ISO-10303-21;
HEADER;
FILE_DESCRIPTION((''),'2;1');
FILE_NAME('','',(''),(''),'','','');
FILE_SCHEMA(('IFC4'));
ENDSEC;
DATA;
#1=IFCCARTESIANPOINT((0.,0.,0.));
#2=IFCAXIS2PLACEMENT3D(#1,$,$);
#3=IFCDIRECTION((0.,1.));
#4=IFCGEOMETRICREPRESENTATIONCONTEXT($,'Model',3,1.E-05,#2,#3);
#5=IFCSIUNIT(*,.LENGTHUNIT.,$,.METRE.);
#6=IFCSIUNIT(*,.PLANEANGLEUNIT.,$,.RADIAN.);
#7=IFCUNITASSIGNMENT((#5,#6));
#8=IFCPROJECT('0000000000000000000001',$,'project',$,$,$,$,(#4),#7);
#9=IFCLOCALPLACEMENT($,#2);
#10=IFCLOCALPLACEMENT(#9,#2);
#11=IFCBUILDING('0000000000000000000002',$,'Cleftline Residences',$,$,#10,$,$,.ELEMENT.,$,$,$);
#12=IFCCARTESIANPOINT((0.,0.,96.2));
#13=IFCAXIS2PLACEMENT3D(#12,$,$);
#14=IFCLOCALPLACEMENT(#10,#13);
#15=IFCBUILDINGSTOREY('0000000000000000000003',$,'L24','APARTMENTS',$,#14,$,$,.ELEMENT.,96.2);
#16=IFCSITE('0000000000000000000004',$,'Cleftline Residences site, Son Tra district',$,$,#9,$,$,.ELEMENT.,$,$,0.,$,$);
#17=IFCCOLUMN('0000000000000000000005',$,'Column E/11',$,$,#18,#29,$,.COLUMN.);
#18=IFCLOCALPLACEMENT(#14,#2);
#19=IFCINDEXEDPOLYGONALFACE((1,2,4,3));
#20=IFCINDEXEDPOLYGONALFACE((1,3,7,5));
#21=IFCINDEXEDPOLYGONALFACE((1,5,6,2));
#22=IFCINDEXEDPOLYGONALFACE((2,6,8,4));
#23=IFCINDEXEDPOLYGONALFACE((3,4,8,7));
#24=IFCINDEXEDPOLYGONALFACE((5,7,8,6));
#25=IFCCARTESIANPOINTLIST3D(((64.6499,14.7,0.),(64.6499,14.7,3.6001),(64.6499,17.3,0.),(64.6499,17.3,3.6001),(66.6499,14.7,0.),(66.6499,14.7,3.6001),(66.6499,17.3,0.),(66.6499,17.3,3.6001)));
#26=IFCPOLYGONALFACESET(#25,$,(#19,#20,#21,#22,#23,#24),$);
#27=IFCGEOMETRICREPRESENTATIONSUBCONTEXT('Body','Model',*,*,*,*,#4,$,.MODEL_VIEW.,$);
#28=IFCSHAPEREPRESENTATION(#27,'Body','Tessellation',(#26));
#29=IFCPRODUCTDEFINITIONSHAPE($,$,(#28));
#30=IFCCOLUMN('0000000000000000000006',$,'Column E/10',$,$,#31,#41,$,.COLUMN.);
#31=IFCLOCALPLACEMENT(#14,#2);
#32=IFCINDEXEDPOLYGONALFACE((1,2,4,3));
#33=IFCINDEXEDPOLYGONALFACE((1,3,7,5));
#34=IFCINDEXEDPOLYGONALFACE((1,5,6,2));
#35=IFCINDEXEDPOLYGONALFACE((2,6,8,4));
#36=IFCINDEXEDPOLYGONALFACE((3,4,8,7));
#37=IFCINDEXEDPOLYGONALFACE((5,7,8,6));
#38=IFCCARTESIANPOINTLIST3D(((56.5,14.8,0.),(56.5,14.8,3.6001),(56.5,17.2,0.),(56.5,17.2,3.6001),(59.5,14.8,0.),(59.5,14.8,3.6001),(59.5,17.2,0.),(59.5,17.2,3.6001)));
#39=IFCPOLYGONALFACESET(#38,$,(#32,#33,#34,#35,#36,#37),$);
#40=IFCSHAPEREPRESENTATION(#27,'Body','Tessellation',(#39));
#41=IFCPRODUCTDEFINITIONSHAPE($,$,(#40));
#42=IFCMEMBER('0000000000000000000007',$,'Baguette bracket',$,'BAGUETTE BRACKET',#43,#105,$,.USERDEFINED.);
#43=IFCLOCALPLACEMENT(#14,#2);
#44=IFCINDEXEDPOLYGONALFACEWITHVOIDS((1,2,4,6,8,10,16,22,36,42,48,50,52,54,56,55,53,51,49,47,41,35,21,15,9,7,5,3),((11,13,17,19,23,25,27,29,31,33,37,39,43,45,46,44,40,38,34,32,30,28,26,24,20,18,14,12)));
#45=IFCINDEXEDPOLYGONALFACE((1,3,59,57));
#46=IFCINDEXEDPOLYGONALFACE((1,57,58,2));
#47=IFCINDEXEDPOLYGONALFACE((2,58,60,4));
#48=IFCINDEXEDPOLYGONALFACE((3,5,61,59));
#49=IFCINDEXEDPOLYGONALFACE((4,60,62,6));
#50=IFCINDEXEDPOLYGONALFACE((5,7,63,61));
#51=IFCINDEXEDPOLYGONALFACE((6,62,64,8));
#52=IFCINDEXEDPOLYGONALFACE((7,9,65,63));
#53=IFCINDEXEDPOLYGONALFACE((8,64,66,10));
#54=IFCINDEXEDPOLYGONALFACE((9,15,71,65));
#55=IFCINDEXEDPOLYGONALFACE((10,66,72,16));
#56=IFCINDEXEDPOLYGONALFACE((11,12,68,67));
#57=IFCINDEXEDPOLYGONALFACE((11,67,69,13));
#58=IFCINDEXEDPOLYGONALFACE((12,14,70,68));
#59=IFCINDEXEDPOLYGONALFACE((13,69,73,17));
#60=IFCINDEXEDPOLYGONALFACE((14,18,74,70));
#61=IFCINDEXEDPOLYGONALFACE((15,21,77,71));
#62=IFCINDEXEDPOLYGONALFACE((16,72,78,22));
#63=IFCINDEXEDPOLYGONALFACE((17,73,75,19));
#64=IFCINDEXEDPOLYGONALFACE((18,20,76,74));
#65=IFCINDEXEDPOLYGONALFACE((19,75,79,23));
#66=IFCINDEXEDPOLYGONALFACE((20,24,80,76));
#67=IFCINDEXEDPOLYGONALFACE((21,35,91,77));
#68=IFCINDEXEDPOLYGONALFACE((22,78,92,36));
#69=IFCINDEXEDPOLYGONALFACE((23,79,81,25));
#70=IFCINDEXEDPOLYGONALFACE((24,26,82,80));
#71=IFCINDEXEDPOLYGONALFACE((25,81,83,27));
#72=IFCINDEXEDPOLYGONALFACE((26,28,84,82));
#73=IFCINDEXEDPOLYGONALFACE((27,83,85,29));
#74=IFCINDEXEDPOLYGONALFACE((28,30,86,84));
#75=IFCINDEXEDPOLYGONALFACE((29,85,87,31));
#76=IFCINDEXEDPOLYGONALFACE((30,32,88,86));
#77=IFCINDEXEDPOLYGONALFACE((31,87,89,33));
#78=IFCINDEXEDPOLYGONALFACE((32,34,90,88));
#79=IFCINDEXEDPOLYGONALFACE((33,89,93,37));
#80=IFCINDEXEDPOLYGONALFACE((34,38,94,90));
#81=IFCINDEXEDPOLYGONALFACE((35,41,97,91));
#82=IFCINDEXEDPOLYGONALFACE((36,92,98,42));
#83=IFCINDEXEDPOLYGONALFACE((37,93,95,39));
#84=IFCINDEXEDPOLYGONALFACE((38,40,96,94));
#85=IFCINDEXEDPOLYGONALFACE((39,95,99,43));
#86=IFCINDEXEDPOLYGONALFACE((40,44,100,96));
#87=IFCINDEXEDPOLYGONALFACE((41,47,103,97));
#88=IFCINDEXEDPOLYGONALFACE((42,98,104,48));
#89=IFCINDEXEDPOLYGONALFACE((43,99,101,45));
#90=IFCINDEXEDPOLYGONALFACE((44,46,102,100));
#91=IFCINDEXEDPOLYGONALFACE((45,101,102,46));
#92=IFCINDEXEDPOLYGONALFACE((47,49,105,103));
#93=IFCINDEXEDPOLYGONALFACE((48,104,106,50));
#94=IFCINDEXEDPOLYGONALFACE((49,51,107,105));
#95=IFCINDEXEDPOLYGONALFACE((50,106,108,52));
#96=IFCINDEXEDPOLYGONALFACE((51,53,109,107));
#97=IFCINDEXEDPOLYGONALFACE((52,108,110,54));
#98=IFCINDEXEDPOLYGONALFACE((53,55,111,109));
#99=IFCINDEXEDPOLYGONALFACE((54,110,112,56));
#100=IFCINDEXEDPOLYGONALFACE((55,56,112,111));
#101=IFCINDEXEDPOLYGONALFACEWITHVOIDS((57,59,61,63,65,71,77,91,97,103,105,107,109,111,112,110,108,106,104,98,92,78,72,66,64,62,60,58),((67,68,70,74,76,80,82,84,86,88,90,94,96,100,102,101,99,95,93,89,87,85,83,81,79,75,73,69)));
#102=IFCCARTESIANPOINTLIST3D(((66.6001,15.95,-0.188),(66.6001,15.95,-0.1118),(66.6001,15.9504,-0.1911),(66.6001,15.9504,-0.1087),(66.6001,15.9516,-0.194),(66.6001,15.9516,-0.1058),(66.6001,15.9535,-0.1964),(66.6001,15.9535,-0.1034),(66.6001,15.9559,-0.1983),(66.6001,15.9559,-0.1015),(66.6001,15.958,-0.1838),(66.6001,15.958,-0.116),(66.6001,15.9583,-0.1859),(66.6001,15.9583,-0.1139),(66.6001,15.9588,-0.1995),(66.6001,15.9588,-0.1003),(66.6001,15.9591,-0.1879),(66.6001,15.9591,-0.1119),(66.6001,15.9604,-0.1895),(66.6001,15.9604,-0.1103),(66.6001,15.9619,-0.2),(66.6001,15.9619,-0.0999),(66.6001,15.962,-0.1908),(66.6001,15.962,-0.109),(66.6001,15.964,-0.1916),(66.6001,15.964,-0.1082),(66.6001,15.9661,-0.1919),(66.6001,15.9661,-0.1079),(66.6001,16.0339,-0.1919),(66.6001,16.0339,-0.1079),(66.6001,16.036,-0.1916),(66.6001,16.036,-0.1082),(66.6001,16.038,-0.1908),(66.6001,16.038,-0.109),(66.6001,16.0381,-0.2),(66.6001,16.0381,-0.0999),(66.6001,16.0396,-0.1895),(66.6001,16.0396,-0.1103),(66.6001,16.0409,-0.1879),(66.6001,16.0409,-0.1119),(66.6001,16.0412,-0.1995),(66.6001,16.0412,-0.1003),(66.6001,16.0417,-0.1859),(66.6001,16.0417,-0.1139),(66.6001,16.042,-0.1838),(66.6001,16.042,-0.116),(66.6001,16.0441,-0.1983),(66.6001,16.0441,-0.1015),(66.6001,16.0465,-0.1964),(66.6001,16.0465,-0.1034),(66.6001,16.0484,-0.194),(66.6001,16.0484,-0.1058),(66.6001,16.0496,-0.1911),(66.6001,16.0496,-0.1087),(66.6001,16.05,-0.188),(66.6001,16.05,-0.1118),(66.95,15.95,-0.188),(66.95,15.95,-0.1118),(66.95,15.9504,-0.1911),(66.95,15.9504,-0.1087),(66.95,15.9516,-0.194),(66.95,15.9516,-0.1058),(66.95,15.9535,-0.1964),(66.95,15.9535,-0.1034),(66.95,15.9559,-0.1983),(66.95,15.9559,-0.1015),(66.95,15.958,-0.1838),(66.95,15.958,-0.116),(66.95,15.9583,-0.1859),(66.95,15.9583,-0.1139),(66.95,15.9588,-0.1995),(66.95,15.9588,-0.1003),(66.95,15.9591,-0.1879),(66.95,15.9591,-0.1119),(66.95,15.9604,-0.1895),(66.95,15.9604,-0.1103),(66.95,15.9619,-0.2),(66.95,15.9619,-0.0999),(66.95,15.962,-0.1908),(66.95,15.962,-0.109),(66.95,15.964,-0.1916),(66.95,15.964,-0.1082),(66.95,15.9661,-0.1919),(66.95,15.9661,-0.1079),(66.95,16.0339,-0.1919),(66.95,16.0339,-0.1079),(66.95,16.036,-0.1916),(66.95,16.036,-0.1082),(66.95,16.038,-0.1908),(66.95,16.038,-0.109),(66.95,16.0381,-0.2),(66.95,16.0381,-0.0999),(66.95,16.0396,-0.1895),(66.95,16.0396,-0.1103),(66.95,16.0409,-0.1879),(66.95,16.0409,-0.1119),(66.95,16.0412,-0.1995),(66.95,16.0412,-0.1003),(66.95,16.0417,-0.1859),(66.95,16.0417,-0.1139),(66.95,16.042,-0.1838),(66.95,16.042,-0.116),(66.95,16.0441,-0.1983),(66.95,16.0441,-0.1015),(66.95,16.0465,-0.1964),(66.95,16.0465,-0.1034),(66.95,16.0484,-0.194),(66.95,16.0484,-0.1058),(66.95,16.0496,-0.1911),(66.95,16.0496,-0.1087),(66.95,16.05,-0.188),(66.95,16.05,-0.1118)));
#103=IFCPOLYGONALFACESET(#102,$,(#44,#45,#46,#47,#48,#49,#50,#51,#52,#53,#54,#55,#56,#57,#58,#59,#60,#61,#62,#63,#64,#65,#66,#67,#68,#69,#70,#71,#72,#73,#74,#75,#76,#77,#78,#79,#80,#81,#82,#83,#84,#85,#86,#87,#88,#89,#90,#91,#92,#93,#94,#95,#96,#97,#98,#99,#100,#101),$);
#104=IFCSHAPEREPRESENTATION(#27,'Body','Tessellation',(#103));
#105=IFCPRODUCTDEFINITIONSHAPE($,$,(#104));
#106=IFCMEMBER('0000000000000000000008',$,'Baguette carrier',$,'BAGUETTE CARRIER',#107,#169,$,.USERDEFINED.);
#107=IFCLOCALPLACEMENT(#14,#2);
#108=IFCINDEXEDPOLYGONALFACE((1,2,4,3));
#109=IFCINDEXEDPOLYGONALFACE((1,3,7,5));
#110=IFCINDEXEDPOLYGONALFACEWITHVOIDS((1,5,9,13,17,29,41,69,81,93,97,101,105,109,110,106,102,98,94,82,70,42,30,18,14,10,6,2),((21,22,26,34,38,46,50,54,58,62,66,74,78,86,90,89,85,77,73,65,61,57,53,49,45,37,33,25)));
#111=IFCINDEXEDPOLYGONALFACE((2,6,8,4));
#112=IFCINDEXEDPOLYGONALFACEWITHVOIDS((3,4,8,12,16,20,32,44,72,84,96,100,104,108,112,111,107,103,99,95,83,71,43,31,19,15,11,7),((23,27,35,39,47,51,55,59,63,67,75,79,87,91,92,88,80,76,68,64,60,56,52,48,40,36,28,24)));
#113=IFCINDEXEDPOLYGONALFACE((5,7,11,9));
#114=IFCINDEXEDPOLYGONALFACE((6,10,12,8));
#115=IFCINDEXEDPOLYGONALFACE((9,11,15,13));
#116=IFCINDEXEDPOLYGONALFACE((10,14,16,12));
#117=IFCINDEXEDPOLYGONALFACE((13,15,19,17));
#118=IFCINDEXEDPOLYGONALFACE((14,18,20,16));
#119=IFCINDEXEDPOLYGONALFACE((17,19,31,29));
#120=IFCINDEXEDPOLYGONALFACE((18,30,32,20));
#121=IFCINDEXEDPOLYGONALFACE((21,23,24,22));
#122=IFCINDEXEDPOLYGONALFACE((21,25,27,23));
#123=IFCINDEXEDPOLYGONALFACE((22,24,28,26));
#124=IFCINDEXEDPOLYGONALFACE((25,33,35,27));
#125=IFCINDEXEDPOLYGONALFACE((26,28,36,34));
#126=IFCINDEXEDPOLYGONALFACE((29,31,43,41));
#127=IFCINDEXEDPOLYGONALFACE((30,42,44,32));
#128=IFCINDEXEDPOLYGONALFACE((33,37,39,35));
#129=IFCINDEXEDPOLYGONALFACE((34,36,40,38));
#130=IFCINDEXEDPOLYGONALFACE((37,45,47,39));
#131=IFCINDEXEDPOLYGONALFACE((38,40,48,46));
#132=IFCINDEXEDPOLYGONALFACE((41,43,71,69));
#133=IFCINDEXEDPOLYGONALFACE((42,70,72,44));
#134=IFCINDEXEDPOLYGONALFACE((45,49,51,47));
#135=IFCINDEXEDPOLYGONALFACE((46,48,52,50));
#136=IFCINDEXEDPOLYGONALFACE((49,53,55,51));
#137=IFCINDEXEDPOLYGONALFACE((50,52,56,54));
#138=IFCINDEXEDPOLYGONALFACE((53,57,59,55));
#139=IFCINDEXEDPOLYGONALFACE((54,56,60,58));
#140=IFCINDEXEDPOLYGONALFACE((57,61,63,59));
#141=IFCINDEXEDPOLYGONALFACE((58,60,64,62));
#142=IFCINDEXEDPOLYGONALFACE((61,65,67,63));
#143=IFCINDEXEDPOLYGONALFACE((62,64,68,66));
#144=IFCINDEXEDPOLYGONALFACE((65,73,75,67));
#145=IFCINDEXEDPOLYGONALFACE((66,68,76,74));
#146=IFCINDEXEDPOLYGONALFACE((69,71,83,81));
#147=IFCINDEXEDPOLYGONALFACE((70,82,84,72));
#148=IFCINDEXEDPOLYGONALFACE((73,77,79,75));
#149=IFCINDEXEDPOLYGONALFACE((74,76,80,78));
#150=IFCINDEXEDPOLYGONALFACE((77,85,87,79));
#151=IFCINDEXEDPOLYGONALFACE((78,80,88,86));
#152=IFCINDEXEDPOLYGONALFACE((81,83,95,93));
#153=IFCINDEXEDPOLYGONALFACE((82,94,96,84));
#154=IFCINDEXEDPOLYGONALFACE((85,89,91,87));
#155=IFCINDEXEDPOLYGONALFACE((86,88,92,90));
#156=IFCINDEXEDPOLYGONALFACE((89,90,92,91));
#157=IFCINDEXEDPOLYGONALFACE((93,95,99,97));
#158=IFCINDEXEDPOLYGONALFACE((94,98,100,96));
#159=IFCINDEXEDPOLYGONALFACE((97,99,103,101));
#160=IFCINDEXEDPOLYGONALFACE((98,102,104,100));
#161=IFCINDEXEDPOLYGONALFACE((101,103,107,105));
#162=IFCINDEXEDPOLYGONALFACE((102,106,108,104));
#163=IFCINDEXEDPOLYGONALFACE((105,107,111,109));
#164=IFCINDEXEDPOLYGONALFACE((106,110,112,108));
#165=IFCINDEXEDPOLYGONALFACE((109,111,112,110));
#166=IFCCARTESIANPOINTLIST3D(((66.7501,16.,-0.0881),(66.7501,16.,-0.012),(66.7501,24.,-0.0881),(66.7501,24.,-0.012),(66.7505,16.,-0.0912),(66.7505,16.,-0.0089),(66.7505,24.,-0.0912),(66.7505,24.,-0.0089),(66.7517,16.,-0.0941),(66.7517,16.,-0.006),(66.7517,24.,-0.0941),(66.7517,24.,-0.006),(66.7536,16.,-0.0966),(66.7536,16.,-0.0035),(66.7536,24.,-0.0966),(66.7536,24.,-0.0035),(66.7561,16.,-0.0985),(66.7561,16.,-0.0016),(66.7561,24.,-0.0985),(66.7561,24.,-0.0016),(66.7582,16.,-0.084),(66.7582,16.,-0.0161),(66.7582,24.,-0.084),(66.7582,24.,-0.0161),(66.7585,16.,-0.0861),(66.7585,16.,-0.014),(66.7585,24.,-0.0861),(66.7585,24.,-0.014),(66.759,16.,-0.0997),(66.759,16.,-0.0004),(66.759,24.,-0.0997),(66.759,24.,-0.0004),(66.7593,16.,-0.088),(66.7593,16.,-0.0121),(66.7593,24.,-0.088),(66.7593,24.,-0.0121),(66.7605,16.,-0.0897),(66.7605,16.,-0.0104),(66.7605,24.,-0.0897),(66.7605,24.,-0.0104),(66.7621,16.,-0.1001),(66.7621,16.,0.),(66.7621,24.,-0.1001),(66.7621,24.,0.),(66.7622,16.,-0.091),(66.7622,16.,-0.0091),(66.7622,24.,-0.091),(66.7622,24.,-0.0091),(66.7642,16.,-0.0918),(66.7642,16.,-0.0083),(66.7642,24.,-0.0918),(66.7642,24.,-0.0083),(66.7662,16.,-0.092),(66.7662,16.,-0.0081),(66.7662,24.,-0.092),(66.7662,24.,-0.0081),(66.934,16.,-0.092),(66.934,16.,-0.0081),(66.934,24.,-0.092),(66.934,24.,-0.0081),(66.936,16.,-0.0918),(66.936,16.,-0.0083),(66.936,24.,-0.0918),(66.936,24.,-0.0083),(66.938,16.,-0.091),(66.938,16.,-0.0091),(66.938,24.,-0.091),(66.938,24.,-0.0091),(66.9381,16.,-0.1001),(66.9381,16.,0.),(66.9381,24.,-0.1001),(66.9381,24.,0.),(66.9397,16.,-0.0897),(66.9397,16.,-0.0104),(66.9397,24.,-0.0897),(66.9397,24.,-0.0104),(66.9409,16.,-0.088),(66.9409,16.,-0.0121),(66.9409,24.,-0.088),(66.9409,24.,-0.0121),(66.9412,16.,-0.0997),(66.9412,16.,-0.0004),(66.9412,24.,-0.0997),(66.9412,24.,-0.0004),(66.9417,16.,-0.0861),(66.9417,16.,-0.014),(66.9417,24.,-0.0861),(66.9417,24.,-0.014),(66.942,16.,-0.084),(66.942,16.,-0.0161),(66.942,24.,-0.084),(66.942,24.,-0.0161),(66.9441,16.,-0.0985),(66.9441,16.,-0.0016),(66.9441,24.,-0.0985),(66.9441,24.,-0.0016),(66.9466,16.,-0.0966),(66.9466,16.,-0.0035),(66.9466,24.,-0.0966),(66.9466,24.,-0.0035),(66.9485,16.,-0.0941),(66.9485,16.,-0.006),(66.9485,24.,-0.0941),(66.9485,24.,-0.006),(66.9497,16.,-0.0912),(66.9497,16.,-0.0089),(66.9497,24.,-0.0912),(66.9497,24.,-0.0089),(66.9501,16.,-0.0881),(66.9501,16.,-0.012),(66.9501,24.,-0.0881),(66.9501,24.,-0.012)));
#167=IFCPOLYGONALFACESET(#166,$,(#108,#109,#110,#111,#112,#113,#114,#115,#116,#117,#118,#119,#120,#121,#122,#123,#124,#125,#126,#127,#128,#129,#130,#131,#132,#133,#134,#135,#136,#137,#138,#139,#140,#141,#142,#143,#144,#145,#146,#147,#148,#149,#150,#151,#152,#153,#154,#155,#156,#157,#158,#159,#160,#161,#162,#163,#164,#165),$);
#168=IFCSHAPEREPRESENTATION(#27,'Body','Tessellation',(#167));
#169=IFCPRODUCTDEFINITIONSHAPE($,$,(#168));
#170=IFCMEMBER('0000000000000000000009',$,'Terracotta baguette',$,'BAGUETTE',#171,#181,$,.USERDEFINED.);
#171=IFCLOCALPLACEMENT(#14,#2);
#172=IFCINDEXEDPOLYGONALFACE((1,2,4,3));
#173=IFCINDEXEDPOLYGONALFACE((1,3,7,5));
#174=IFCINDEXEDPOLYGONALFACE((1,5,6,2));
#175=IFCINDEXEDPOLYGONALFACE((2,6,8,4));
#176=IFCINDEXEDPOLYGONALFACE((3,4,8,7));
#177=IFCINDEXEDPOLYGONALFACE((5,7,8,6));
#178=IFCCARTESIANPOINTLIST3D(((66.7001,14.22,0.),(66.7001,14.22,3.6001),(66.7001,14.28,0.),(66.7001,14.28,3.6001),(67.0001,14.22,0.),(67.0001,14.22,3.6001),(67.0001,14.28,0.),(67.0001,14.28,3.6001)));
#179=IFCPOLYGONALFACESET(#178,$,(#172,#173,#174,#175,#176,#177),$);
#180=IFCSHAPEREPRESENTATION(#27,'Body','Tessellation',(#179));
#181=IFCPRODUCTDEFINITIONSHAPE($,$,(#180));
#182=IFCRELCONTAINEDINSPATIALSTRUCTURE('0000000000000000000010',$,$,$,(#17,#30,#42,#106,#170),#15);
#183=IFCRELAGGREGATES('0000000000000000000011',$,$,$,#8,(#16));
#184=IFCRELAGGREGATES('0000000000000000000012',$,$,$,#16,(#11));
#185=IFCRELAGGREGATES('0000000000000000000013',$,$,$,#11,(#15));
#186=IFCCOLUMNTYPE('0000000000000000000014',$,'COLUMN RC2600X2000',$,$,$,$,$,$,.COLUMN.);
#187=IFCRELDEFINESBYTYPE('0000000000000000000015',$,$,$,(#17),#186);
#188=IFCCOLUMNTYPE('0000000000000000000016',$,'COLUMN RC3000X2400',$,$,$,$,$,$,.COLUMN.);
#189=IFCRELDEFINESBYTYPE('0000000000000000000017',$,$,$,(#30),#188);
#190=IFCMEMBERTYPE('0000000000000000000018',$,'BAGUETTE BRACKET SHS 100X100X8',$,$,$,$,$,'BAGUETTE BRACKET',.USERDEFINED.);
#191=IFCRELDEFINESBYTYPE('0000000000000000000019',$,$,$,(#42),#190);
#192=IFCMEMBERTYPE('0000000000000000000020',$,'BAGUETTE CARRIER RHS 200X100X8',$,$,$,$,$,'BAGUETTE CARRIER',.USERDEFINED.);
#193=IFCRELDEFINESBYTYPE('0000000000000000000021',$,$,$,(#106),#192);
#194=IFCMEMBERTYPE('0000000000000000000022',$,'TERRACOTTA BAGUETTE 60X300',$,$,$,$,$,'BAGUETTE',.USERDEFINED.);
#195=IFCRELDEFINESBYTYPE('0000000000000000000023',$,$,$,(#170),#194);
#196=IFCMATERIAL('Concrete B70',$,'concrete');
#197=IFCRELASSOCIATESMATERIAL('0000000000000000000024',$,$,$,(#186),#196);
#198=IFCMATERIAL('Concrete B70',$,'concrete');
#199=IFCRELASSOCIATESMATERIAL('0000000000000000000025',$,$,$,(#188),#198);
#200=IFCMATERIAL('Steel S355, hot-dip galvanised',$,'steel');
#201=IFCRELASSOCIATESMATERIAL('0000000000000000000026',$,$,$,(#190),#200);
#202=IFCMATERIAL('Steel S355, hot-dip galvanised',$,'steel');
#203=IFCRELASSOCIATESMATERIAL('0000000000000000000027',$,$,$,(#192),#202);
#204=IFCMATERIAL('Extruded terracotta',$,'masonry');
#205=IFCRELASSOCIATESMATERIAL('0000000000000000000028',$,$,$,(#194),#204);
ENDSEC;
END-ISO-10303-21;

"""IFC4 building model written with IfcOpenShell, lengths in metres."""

from ifc_helpers import new_model, si_unit, direction, frame, origin, origin_2d, place, context, subcontext, project, spatial, rectangle, hollow_rectangle, extrude, material, material_profile, profile_set, type_object, element, save


model = new_model("IFC4")

# Units and contexts
model_context = context("Model", 3, precision=1e-05, world=origin(), true_north=direction((0.0, 1.0)))
body_context = subcontext(model_context, "Body", "Model", "MODEL_VIEW")
ifc_project = project(units=[si_unit("LENGTHUNIT", "METRE"), si_unit("PLANEANGLEUNIT", "RADIAN")], contexts=[model_context])

# Site, building, storey
site_placement = place(None, origin())
site = spatial("IfcSite", under=ifc_project, at=site_placement, Name="Cleftline Residences site, Son Tra district", CompositionType="ELEMENT", RefElevation=0.0)
building_placement = place(site_placement, origin())
building = spatial("IfcBuilding", under=site, at=building_placement, Name="Cleftline Residences", CompositionType="ELEMENT")
storey_placement = place(building_placement, frame((0.0, 0.0, 96.2)))
storey = spatial("IfcBuildingStorey", under=building, at=storey_placement, Name="L24", Description="APARTMENTS", CompositionType="ELEMENT", Elevation=96.2)

# Columns
ifc_material_1 = material(Name="Concrete B70", Category="concrete")
ifc_material_profile_1 = material_profile(ifc_material_1, rectangle(XDim=2.6001, YDim=2.0, at=origin_2d()))
ifc_profile_set_1 = profile_set([ifc_material_profile_1], Name="Concrete B70")
column_type_1 = type_object("IfcColumnType", Name="COLUMN RC2600X2000", PredefinedType="COLUMN", material=ifc_profile_set_1)
column_1_placement = place(storey_placement, frame((65.6499, 16.0, 0.0), z_axis=(0.0, 0.0, 1.0), x_axis=(0.0, 1.0, 0.0)))
element("IfcColumn", 1, at=column_1_placement, inside=storey, type_object=column_type_1, Name="Column E/11", PredefinedType="COLUMN", context=body_context, shape_type="SweptSolid", body=[
    extrude(rectangle(XDim=2.6001, YDim=2.0, at=origin_2d()), origin(), (0.0, 0.0, 1.0), 3.6001),
])
ifc_material_2 = material(Name="Concrete B70", Category="concrete")
ifc_material_profile_2 = material_profile(ifc_material_2, rectangle(XDim=3.0, YDim=2.3999, at=origin_2d()))
ifc_profile_set_2 = profile_set([ifc_material_profile_2], Name="Concrete B70")
column_type_2 = type_object("IfcColumnType", Name="COLUMN RC3000X2400", PredefinedType="COLUMN", material=ifc_profile_set_2)
column_2_placement = place(storey_placement, frame((58.0, 16.0, 0.0), z_axis=(0.0, 0.0, 1.0), x_axis=(1.0, 0.0, 0.0)))
element("IfcColumn", 2, at=column_2_placement, inside=storey, type_object=column_type_2, Name="Column E/10", PredefinedType="COLUMN", context=body_context, shape_type="SweptSolid", body=[
    extrude(rectangle(XDim=3.0, YDim=2.3999, at=origin_2d()), origin(), (0.0, 0.0, 1.0), 3.6001),
])

# Members
ifc_material_3 = material(Name="Steel S355, hot-dip galvanised", Category="steel")
ifc_material_profile_3 = material_profile(ifc_material_3, hollow_rectangle(XDim=0.1001, YDim=0.1001, WallThickness=0.0081, InnerFilletRadius=0.0081, OuterFilletRadius=0.012, at=origin_2d()))
ifc_profile_set_3 = profile_set([ifc_material_profile_3], Name="Steel S355, hot-dip galvanised")
member_type_1 = type_object("IfcMemberType", Name="BAGUETTE BRACKET SHS 100X100X8", ElementType="BAGUETTE BRACKET", PredefinedType="USERDEFINED", material=ifc_profile_set_3)
member_1_placement = place(storey_placement, frame((66.6001, 16.0, -0.1499), z_axis=(1.0, 0.0, 0.0), x_axis=(0.0, 1.0, 0.0)))
element("IfcMember", 3, at=member_1_placement, inside=storey, type_object=member_type_1, Name="Baguette bracket", ObjectType="BAGUETTE BRACKET", PredefinedType="USERDEFINED", context=body_context, shape_type="SweptSolid", body=[
    extrude(hollow_rectangle(XDim=0.1001, YDim=0.1001, WallThickness=0.0081, InnerFilletRadius=0.0081, OuterFilletRadius=0.012, at=origin_2d()), origin(), (0.0, 0.0, 1.0), 0.3499),
])
ifc_material_4 = material(Name="Steel S355, hot-dip galvanised", Category="steel")
ifc_material_profile_4 = material_profile(ifc_material_4, hollow_rectangle(XDim=0.1001, YDim=0.2, WallThickness=0.0081, InnerFilletRadius=0.0081, OuterFilletRadius=0.012, at=origin_2d()))
ifc_profile_set_4 = profile_set([ifc_material_profile_4], Name="Steel S355, hot-dip galvanised")
member_type_2 = type_object("IfcMemberType", Name="BAGUETTE CARRIER RHS 200X100X8", ElementType="BAGUETTE CARRIER", PredefinedType="USERDEFINED", material=ifc_profile_set_4)
member_2_placement = place(storey_placement, frame((66.8501, 16.0, -0.05), z_axis=(0.0, 1.0, 0.0), x_axis=(0.0, 0.0, 1.0)))
element("IfcMember", 4, at=member_2_placement, inside=storey, type_object=member_type_2, Name="Baguette carrier", ObjectType="BAGUETTE CARRIER", PredefinedType="USERDEFINED", context=body_context, shape_type="SweptSolid", body=[
    extrude(hollow_rectangle(XDim=0.1001, YDim=0.2, WallThickness=0.0081, InnerFilletRadius=0.0081, OuterFilletRadius=0.012, at=origin_2d()), origin(), (0.0, 0.0, 1.0), 8.0),
])
ifc_material_5 = material(Name="Extruded terracotta", Category="masonry")
ifc_material_profile_5 = material_profile(ifc_material_5, rectangle(XDim=0.0601, YDim=0.3, at=origin_2d()))
ifc_profile_set_5 = profile_set([ifc_material_profile_5], Name="Extruded terracotta")
member_type_3 = type_object("IfcMemberType", Name="TERRACOTTA BAGUETTE 60X300", ElementType="BAGUETTE", PredefinedType="USERDEFINED", material=ifc_profile_set_5)
for number, where, z_axis, x_axis, name in (
    (5, (66.8501, 14.25, 0.0), (0.0, 0.0, 1.0), (0.0, 1.0, 0.0), "Terracotta baguette"),
):
    element("IfcMember", number, at=place(storey_placement, frame(where, z_axis=z_axis, x_axis=x_axis)), inside=storey, type_object=member_type_3, Name=name, ObjectType="BAGUETTE", PredefinedType="USERDEFINED", context=body_context, shape_type="SweptSolid", body=[
        extrude(rectangle(XDim=0.0601, YDim=0.3, at=origin_2d()), origin(), (0.0, 0.0, 1.0), 3.6001),
    ])

save(model, "model.ifc")
